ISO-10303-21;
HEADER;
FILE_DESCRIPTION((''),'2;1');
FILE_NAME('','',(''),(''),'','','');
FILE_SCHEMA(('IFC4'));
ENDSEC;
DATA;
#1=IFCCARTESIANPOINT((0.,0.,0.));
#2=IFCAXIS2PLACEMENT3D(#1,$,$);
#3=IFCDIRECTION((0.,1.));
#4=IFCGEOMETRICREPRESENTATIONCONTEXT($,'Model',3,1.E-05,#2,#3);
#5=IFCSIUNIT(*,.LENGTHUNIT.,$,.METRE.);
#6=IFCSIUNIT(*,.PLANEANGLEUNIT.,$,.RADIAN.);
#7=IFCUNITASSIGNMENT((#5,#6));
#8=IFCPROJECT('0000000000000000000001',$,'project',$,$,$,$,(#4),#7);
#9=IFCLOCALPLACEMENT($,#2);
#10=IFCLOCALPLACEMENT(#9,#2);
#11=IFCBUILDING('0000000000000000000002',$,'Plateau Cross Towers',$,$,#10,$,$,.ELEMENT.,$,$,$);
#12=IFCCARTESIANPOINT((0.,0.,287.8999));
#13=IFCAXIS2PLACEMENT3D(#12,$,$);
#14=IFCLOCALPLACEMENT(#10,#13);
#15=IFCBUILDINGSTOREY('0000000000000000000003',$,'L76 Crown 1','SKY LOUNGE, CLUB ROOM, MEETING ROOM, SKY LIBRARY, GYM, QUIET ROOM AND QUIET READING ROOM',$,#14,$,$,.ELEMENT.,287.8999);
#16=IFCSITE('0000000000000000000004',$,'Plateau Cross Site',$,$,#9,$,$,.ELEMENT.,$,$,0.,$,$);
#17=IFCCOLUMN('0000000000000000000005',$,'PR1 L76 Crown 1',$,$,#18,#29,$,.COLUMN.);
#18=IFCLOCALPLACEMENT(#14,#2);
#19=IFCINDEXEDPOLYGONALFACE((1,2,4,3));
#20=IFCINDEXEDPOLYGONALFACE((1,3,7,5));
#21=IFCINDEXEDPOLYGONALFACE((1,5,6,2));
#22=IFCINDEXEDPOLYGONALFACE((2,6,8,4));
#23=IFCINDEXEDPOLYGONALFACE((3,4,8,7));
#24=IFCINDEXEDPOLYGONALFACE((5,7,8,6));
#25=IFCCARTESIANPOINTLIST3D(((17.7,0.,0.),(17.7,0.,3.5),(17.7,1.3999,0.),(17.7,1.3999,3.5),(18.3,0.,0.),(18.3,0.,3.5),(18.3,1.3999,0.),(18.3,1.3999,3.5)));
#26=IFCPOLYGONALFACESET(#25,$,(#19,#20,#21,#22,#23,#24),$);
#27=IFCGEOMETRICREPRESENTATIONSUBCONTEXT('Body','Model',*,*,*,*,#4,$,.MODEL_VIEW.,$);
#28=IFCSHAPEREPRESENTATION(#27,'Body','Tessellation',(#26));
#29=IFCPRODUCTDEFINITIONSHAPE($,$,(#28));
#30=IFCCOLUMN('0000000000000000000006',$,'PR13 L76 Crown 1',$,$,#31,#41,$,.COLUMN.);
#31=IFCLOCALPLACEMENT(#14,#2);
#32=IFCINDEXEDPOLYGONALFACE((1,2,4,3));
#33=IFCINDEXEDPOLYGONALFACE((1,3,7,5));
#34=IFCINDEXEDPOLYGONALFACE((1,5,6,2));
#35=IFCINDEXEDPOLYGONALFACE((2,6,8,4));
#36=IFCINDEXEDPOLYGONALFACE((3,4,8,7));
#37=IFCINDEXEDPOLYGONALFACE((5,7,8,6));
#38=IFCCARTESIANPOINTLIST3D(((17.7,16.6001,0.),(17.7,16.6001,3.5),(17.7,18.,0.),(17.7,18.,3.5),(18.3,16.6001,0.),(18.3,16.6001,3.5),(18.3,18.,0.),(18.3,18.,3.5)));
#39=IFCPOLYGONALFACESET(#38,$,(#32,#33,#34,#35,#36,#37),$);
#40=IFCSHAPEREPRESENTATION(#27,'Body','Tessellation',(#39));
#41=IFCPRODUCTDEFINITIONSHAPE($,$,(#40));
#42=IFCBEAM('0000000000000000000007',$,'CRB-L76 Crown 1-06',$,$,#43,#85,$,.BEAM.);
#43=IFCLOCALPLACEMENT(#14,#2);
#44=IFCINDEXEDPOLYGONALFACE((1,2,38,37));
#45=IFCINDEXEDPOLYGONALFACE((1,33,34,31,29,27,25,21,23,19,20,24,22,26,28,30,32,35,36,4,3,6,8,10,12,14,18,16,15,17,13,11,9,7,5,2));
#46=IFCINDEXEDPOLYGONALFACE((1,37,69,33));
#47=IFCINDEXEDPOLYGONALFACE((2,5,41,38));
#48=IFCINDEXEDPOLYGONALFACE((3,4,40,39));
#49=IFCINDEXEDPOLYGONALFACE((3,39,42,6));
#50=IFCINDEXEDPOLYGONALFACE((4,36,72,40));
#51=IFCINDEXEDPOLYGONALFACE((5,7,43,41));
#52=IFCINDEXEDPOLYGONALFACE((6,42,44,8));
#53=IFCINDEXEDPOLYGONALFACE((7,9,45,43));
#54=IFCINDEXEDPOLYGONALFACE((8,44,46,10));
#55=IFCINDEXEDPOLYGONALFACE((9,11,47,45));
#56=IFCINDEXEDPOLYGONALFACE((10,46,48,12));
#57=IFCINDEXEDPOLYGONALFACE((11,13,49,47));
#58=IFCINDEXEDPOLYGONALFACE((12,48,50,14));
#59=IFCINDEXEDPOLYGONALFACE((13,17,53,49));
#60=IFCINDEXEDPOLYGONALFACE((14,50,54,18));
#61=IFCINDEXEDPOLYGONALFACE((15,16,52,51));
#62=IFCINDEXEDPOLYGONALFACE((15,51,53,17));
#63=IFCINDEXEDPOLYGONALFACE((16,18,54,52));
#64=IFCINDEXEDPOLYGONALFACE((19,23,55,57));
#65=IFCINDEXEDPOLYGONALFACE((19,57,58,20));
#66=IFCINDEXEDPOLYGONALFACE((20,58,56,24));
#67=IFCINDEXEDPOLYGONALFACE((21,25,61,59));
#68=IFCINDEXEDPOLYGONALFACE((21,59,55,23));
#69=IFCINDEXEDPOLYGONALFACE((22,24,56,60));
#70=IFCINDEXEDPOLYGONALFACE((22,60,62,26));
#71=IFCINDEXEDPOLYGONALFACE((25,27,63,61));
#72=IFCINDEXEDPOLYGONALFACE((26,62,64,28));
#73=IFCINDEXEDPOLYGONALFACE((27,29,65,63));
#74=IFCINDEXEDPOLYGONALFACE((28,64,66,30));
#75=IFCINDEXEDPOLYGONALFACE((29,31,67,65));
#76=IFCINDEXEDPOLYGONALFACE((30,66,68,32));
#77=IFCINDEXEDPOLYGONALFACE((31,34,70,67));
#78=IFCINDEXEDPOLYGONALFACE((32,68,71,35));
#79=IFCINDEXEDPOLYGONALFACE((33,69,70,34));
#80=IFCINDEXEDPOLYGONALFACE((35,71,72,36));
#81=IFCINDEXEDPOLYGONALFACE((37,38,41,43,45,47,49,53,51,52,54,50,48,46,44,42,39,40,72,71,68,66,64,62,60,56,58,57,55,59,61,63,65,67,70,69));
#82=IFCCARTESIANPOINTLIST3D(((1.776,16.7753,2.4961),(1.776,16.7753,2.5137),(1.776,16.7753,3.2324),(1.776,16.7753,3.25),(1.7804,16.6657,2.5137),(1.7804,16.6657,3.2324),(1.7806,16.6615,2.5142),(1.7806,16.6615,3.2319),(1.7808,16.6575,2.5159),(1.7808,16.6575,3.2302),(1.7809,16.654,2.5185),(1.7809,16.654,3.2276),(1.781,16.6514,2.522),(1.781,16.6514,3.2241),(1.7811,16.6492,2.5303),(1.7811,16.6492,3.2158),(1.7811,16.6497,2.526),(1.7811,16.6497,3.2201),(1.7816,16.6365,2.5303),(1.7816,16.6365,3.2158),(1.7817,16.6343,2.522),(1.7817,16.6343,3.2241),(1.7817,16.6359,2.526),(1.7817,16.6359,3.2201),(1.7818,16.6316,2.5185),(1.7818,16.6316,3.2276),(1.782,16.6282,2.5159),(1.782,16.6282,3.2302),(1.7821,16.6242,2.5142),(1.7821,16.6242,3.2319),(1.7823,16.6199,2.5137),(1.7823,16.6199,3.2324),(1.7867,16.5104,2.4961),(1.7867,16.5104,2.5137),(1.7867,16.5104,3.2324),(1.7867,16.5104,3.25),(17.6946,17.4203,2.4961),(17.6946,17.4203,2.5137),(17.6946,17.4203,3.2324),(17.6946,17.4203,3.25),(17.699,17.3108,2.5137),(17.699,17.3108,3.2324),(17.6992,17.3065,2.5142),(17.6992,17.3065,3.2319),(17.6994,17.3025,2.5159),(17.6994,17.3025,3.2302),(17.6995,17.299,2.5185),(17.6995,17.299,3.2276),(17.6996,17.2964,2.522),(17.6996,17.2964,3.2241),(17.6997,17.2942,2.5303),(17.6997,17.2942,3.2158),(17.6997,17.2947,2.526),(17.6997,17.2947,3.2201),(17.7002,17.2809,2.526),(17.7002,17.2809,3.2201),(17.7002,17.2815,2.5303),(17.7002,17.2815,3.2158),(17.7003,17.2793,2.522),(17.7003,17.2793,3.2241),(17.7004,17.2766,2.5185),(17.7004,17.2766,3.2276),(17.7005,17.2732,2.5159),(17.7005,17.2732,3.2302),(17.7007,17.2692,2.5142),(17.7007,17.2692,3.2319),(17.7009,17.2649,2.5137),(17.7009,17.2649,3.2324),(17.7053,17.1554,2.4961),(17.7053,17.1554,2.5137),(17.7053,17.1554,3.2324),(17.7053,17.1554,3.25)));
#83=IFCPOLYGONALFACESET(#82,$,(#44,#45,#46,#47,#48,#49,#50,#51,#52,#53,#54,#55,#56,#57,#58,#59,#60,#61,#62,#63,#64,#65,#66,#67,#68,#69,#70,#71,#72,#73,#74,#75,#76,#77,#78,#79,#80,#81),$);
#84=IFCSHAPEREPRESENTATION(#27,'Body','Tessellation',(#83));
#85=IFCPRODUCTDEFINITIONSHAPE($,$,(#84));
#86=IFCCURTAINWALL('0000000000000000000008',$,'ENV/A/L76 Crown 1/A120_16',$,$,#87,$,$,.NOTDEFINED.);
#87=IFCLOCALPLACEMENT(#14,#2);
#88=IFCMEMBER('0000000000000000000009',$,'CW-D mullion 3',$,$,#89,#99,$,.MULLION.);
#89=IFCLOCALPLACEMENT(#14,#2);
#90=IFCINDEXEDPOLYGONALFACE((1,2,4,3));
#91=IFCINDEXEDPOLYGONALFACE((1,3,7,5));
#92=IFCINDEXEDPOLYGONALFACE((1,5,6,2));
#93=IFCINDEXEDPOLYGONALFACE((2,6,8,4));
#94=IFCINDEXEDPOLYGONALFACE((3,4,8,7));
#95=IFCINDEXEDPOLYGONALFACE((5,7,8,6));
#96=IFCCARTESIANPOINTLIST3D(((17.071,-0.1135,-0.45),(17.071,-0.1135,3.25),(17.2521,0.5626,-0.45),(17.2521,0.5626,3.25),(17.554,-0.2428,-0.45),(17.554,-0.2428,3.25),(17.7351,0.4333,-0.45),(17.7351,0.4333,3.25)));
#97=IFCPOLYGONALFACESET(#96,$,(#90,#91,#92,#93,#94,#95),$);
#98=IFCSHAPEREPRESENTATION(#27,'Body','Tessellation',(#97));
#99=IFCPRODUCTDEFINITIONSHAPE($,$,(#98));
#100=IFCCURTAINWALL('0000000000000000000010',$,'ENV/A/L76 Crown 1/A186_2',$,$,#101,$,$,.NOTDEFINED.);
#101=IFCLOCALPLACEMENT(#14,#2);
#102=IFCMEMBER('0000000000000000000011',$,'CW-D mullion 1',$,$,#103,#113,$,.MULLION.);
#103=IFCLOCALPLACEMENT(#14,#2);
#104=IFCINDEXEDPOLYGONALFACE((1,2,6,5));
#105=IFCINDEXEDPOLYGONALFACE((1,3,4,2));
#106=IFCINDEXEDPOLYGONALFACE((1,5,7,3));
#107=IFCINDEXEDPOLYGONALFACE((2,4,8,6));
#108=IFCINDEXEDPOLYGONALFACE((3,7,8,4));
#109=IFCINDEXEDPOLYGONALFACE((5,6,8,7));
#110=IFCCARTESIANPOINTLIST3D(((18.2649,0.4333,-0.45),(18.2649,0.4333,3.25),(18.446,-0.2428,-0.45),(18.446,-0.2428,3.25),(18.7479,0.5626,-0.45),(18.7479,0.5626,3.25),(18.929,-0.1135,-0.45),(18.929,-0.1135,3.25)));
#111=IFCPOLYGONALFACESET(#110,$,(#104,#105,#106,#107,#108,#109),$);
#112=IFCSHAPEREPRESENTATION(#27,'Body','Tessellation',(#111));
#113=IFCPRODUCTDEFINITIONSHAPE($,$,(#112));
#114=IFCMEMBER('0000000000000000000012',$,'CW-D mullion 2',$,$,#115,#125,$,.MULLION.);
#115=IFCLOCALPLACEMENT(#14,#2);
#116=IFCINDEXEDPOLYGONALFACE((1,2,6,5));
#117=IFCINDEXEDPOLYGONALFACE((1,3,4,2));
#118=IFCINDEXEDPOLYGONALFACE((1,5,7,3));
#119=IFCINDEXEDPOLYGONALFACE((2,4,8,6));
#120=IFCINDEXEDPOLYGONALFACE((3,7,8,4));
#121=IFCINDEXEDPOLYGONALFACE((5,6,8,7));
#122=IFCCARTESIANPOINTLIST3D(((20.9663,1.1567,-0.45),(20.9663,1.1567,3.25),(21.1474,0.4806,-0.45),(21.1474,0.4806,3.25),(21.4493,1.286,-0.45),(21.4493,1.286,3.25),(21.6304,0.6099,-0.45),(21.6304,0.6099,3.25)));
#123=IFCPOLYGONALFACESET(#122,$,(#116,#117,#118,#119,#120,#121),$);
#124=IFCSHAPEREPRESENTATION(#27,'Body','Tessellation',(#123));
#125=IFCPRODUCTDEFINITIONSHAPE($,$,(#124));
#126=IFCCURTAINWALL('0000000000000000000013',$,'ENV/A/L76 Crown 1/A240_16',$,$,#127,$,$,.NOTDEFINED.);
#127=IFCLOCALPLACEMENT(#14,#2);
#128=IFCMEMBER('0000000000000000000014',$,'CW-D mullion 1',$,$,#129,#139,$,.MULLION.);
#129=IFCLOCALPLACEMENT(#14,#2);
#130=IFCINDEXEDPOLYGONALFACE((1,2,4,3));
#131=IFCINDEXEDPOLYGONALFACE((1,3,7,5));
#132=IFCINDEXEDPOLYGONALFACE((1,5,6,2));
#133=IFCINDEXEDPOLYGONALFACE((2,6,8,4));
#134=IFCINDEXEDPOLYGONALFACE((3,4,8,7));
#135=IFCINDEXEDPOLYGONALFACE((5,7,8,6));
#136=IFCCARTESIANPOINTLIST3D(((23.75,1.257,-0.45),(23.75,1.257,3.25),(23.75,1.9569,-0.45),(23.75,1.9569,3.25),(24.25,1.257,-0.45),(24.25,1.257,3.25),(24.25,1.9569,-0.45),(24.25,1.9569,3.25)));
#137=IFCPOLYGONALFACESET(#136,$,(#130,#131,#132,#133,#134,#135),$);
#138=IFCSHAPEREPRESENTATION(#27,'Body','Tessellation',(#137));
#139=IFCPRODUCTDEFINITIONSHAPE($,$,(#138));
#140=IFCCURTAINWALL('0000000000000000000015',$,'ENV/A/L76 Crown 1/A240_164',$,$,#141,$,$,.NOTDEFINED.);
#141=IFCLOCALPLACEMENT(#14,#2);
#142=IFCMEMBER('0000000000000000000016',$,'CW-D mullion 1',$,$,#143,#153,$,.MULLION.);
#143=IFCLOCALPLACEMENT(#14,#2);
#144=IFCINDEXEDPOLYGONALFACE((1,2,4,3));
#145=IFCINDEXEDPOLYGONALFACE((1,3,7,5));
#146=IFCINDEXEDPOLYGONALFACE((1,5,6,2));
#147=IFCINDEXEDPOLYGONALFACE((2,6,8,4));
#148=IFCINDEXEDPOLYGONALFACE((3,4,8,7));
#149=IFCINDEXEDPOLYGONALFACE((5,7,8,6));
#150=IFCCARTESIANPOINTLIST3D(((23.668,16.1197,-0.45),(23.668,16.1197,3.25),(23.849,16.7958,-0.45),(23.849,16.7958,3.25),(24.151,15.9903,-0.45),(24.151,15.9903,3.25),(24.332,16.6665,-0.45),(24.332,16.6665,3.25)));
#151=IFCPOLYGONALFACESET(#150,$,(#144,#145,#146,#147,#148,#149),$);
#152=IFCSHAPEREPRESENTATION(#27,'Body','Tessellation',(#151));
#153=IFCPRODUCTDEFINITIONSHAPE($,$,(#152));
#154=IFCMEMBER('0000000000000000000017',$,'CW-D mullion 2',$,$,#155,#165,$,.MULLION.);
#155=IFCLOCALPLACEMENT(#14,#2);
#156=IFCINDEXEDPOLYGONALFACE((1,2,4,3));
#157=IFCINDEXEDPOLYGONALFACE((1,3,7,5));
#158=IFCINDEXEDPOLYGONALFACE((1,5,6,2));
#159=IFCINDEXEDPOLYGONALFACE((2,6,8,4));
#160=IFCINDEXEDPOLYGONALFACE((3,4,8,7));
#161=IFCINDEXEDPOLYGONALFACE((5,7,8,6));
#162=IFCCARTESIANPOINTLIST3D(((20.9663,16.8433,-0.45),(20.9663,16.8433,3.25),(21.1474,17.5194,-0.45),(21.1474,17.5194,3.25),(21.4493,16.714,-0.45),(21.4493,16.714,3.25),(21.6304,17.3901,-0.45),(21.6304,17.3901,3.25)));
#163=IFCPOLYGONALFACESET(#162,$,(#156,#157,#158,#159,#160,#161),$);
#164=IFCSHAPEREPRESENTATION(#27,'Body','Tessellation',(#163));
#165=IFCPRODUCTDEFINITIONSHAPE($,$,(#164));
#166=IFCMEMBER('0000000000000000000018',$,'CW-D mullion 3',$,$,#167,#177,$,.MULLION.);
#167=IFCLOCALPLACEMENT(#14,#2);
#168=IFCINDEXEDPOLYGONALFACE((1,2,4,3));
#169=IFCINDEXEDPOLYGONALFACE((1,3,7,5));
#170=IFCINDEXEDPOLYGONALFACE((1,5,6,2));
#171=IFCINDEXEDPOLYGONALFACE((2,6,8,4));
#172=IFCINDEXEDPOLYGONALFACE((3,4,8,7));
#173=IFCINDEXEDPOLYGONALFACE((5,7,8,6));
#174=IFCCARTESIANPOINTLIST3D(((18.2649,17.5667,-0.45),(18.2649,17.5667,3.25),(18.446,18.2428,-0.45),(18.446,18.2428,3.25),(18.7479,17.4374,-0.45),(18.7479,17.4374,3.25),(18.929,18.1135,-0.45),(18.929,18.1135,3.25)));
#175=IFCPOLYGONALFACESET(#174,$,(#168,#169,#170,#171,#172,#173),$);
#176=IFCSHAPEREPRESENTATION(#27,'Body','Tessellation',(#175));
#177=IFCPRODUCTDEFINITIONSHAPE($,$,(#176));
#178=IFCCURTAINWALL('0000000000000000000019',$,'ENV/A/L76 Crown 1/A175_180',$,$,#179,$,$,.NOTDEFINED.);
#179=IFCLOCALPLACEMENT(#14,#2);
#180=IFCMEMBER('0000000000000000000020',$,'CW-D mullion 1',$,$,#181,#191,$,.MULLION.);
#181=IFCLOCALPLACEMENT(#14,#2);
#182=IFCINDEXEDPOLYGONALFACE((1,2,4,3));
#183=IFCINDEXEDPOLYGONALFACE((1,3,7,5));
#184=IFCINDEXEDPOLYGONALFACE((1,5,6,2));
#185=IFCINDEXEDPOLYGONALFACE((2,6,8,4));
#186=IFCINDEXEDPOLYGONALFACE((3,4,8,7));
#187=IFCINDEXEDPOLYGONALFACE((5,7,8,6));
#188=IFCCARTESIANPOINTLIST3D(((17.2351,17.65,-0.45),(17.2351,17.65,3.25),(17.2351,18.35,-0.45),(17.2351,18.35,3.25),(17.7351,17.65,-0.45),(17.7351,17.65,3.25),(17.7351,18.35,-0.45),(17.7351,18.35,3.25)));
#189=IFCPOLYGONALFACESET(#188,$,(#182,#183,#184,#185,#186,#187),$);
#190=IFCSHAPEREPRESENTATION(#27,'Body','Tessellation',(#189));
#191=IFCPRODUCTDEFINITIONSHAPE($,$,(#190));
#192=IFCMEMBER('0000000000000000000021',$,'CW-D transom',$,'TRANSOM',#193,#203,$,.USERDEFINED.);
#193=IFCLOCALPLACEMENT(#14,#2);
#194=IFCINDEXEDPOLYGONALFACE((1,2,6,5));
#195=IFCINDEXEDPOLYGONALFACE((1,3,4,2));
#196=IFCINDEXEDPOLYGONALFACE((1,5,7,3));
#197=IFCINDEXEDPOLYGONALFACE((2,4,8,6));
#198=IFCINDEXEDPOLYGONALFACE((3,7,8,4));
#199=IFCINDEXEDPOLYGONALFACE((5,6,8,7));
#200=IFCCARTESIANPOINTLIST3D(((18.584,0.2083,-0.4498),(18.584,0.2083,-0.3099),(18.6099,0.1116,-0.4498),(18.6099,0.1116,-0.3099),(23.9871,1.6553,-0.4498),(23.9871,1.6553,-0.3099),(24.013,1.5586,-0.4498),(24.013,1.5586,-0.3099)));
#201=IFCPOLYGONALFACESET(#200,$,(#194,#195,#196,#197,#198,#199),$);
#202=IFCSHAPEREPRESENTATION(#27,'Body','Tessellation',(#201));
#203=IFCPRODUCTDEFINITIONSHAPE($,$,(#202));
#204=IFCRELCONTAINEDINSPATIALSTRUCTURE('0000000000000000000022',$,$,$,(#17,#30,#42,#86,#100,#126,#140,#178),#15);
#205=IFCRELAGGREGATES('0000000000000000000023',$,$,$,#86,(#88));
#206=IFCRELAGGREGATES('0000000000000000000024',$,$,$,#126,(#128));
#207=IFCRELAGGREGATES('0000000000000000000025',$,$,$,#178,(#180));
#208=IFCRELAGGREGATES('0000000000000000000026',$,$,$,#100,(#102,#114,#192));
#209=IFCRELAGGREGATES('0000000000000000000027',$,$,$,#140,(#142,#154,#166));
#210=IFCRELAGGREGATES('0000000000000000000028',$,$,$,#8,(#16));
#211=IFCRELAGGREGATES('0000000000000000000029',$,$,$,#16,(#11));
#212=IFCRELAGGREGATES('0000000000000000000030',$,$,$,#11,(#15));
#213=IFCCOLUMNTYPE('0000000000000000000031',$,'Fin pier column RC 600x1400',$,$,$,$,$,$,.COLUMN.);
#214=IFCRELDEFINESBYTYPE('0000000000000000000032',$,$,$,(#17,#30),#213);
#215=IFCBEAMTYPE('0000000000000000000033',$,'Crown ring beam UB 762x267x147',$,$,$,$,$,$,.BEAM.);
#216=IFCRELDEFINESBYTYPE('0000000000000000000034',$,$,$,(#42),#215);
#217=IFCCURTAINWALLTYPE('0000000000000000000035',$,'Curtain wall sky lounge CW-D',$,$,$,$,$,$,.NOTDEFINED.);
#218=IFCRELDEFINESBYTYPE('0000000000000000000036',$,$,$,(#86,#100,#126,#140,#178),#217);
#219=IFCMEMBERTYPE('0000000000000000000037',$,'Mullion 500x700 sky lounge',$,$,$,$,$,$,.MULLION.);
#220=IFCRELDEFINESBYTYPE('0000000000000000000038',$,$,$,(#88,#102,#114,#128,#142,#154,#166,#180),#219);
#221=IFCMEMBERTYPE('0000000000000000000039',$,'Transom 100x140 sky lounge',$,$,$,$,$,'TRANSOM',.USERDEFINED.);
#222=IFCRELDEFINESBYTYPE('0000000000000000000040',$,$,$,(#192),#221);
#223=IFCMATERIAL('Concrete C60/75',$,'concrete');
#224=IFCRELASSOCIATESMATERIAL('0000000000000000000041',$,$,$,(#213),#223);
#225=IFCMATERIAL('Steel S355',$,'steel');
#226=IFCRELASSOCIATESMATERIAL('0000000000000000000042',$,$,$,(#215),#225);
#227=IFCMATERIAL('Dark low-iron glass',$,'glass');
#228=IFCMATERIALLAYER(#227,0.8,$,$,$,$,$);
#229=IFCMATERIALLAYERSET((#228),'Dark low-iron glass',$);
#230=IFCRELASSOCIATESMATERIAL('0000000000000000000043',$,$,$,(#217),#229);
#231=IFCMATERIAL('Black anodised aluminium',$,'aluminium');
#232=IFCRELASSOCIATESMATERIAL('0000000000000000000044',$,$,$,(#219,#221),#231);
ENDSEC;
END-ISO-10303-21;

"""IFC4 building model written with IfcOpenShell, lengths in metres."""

from ifc_helpers import new_model, si_unit, direction, frame, origin, origin_2d, place, context, subcontext, project, spatial, rectangle, i_section, extrude, material, layer, layer_set, material_profile, profile_set, type_object, element, aggregate, save


model = new_model("IFC4")

# Units and contexts
model_context = context("Model", 3, precision=1e-05, world=origin(), true_north=direction((0.0, 1.0)))
body_context = subcontext(model_context, "Body", "Model", "MODEL_VIEW")
ifc_project = project(units=[si_unit("LENGTHUNIT", "METRE"), si_unit("PLANEANGLEUNIT", "RADIAN")], contexts=[model_context])

# Site, building, storey
site_placement = place(None, origin())
site = spatial("IfcSite", under=ifc_project, at=site_placement, Name="Plateau Cross Site", CompositionType="ELEMENT", RefElevation=0.0)
building_placement = place(site_placement, origin())
building = spatial("IfcBuilding", under=site, at=building_placement, Name="Plateau Cross Towers", CompositionType="ELEMENT")
storey_placement = place(building_placement, frame((0.0, 0.0, 287.8999)))
storey = spatial("IfcBuildingStorey", under=building, at=storey_placement, Name="L76 Crown 1", Description="SKY LOUNGE, CLUB ROOM, MEETING ROOM, SKY LIBRARY, GYM, QUIET ROOM AND QUIET READING ROOM", CompositionType="ELEMENT", Elevation=287.8999)

# Columns
ifc_material_1 = material(Name="Concrete C60/75", Category="concrete")
ifc_material_profile_1 = material_profile(ifc_material_1, rectangle(XDim=0.6001, YDim=1.3999, at=origin_2d()), Name="RC 600x1400")
ifc_profile_set_1 = profile_set([ifc_material_profile_1], Name="Concrete C60/75")
column_type = type_object("IfcColumnType", Name="Fin pier column RC 600x1400", PredefinedType="COLUMN", material=ifc_profile_set_1)
for number, where, z_axis, x_axis, name in (
    (1, (18.0, 0.7, 0.0), (0.0, 0.0, 1.0), (1.0, 0.0, 0.0), "PR1 L76 Crown 1"),
    (2, (18.0, 17.3, 0.0), (0.0, 0.0, 1.0), (1.0, 0.0, 0.0), "PR13 L76 Crown 1"),
):
    element("IfcColumn", number, at=place(storey_placement, frame(where, z_axis=z_axis, x_axis=x_axis)), inside=storey, type_object=column_type, Name=name, PredefinedType="COLUMN", context=body_context, shape_type="SweptSolid", body=[
        extrude(rectangle(XDim=0.6001, YDim=1.3999, at=origin_2d()), origin(), (0.0, 0.0, 1.0), 3.5),
    ])

# Beam
ifc_material_2 = material(Name="Steel S355", Category="steel")
ifc_material_profile_2 = material_profile(ifc_material_2, i_section(OverallWidth=0.2651, OverallDepth=0.7539, WebThickness=0.0127, FlangeThickness=0.0176, FilletRadius=0.0166, at=origin_2d()), Name="UB 762x267x147")
ifc_profile_set_2 = profile_set([ifc_material_profile_2], Name="Steel S355")
beam_type = type_object("IfcBeamType", Name="Crown ring beam UB 762x267x147", PredefinedType="BEAM", material=ifc_profile_set_2)
beam_placement = place(storey_placement, frame((17.7, 17.2878, 2.873), z_axis=(-0.99918, -0.040487, 0.0), x_axis=(0.040487, -0.99918, 0.0)))
element("IfcBeam", 3, at=beam_placement, inside=storey, type_object=beam_type, Name="CRB-L76 Crown 1-06", PredefinedType="BEAM", context=body_context, shape_type="SweptSolid", body=[
    extrude(i_section(OverallWidth=0.2651, OverallDepth=0.7539, WebThickness=0.0127, FlangeThickness=0.0176, FilletRadius=0.0166, at=origin_2d()), origin(), (0.0, 0.0, 1.0), 15.9316),
])

# Curtain wall, member
ifc_material_3 = material(Name="Dark low-iron glass", Category="glass")
ifc_layer_1 = layer(ifc_material_3, 0.8)
ifc_layer_set_1 = layer_set([ifc_layer_1], Name="Dark low-iron glass")
curtain_wall_type = type_object("IfcCurtainWallType", Name="Curtain wall sky lounge CW-D", PredefinedType="NOTDEFINED", material=ifc_layer_set_1)
curtain_wall_1_placement = place(storey_placement, origin())
curtain_wall_1 = element("IfcCurtainWall", 4, at=curtain_wall_1_placement, inside=storey, type_object=curtain_wall_type, Name="ENV/A/L76 Crown 1/A120_16", PredefinedType="NOTDEFINED")
ifc_material_4 = material(Name="Black anodised aluminium", Category="aluminium")
ifc_material_profile_3 = material_profile(ifc_material_4, rectangle(XDim=0.5, YDim=0.7, at=origin_2d()), Name="MULLION 500x700")
ifc_profile_set_3 = profile_set([ifc_material_profile_3], Name="Black anodised aluminium")
member_type_1 = type_object("IfcMemberType", Name="Mullion 500x700 sky lounge", PredefinedType="MULLION", material=ifc_profile_set_3)
member_1_placement = place(storey_placement, frame((17.4031, 0.1599, -0.45), z_axis=(0.0, 0.0, 1.0), x_axis=(0.965958, -0.258699, 0.0)))
member_1 = element("IfcMember", 5, at=member_1_placement, type_object=member_type_1, Name="CW-D mullion 3", PredefinedType="MULLION", context=body_context, shape_type="SweptSolid", body=[
    extrude(rectangle(XDim=0.5, YDim=0.7, at=origin_2d()), origin(), (0.0, 0.0, 1.0), 3.7),
])
aggregate(curtain_wall_1, [member_1])

# Curtain wall, members
curtain_wall_2_placement = place(storey_placement, origin())
curtain_wall_2 = element("IfcCurtainWall", 6, at=curtain_wall_2_placement, inside=storey, type_object=curtain_wall_type, Name="ENV/A/L76 Crown 1/A186_2", PredefinedType="NOTDEFINED")
member_2_placement = place(storey_placement, frame((18.5969, 0.1599, -0.45), z_axis=(0.0, 0.0, 1.0), x_axis=(0.965958, 0.258699, 0.0)))
member_2 = element("IfcMember", 7, at=member_2_placement, type_object=member_type_1, Name="CW-D mullion 1", PredefinedType="MULLION", context=body_context, shape_type="SweptSolid", body=[
    extrude(rectangle(XDim=0.5, YDim=0.7, at=origin_2d()), origin(), (0.0, 0.0, 1.0), 3.7),
])
member_3_placement = place(storey_placement, frame((21.2983, 0.8833, -0.45), z_axis=(0.0, 0.0, 1.0), x_axis=(0.965958, 0.258699, 0.0)))
member_3 = element("IfcMember", 8, at=member_3_placement, type_object=member_type_1, Name="CW-D mullion 2", PredefinedType="MULLION", context=body_context, shape_type="SweptSolid", body=[
    extrude(rectangle(XDim=0.5, YDim=0.7, at=origin_2d()), origin(), (0.0, 0.0, 1.0), 3.7),
])

# Curtain wall, member
curtain_wall_3_placement = place(storey_placement, origin())
curtain_wall_3 = element("IfcCurtainWall", 9, at=curtain_wall_3_placement, inside=storey, type_object=curtain_wall_type, Name="ENV/A/L76 Crown 1/A240_16", PredefinedType="NOTDEFINED")
member_4_placement = place(storey_placement, frame((24.0, 1.6069, -0.45), z_axis=(0.0, 0.0, 1.0), x_axis=(1.0, 0.0, 0.0)))
member_4 = element("IfcMember", 10, at=member_4_placement, type_object=member_type_1, Name="CW-D mullion 1", PredefinedType="MULLION", context=body_context, shape_type="SweptSolid", body=[
    extrude(rectangle(XDim=0.5, YDim=0.7, at=origin_2d()), origin(), (0.0, 0.0, 1.0), 3.7),
])

# Curtain wall, members
curtain_wall_4_placement = place(storey_placement, origin())
curtain_wall_4 = element("IfcCurtainWall", 11, at=curtain_wall_4_placement, inside=storey, type_object=curtain_wall_type, Name="ENV/A/L76 Crown 1/A240_164", PredefinedType="NOTDEFINED")
member_5_placement = place(storey_placement, frame((24.0, 16.3931, -0.45), z_axis=(0.0, 0.0, 1.0), x_axis=(-0.965958, 0.258699, 0.0)))
member_5 = element("IfcMember", 12, at=member_5_placement, type_object=member_type_1, Name="CW-D mullion 1", PredefinedType="MULLION", context=body_context, shape_type="SweptSolid", body=[
    extrude(rectangle(XDim=0.5, YDim=0.7, at=origin_2d()), origin(), (0.0, 0.0, 1.0), 3.7),
])
member_6_placement = place(storey_placement, frame((21.2983, 17.1167, -0.45), z_axis=(0.0, 0.0, 1.0), x_axis=(-0.965958, 0.258699, 0.0)))
member_6 = element("IfcMember", 13, at=member_6_placement, type_object=member_type_1, Name="CW-D mullion 2", PredefinedType="MULLION", context=body_context, shape_type="SweptSolid", body=[
    extrude(rectangle(XDim=0.5, YDim=0.7, at=origin_2d()), origin(), (0.0, 0.0, 1.0), 3.7),
])
member_7_placement = place(storey_placement, frame((18.5969, 17.8401, -0.45), z_axis=(0.0, 0.0, 1.0), x_axis=(-0.965958, 0.258699, 0.0)))
member_7 = element("IfcMember", 14, at=member_7_placement, type_object=member_type_1, Name="CW-D mullion 3", PredefinedType="MULLION", context=body_context, shape_type="SweptSolid", body=[
    extrude(rectangle(XDim=0.5, YDim=0.7, at=origin_2d()), origin(), (0.0, 0.0, 1.0), 3.7),
])

# Curtain wall, member
curtain_wall_5_placement = place(storey_placement, origin())
curtain_wall_5 = element("IfcCurtainWall", 15, at=curtain_wall_5_placement, inside=storey, type_object=curtain_wall_type, Name="ENV/A/L76 Crown 1/A175_180", PredefinedType="NOTDEFINED")
member_8_placement = place(storey_placement, frame((17.4851, 18.0, -0.45), z_axis=(0.0, 0.0, 1.0), x_axis=(-1.0, 0.0, 0.0)))
member_8 = element("IfcMember", 16, at=member_8_placement, type_object=member_type_1, Name="CW-D mullion 1", PredefinedType="MULLION", context=body_context, shape_type="SweptSolid", body=[
    extrude(rectangle(XDim=0.5, YDim=0.7, at=origin_2d()), origin(), (0.0, 0.0, 1.0), 3.7),
])

# Member
ifc_material_profile_4 = material_profile(ifc_material_4, rectangle(XDim=0.1001, YDim=0.1399, at=origin_2d()), Name="TRANSOM 100x140")
ifc_profile_set_4 = profile_set([ifc_material_profile_4], Name="Black anodised aluminium")
member_type_2 = type_object("IfcMemberType", Name="Transom 100x140 sky lounge", ElementType="TRANSOM", PredefinedType="USERDEFINED", material=ifc_profile_set_4)
member_9_placement = place(storey_placement, frame((18.5969, 0.1599, -0.3799), z_axis=(0.965958, 0.258698, 0.0), x_axis=(-0.258698, 0.965958, 0.0)))
member_9 = element("IfcMember", 17, at=member_9_placement, type_object=member_type_2, Name="CW-D transom", ObjectType="TRANSOM", PredefinedType="USERDEFINED", context=body_context, shape_type="SweptSolid", body=[
    extrude(rectangle(XDim=0.1001, YDim=0.1399, at=origin_2d()), origin(), (0.0, 0.0, 1.0), 5.5935),
])
aggregate(curtain_wall_3, [member_4])
aggregate(curtain_wall_5, [member_8])

aggregate(curtain_wall_2, [member_2, member_3, member_9])
aggregate(curtain_wall_4, [member_5, member_6, member_7])

save(model, "model.ifc")
